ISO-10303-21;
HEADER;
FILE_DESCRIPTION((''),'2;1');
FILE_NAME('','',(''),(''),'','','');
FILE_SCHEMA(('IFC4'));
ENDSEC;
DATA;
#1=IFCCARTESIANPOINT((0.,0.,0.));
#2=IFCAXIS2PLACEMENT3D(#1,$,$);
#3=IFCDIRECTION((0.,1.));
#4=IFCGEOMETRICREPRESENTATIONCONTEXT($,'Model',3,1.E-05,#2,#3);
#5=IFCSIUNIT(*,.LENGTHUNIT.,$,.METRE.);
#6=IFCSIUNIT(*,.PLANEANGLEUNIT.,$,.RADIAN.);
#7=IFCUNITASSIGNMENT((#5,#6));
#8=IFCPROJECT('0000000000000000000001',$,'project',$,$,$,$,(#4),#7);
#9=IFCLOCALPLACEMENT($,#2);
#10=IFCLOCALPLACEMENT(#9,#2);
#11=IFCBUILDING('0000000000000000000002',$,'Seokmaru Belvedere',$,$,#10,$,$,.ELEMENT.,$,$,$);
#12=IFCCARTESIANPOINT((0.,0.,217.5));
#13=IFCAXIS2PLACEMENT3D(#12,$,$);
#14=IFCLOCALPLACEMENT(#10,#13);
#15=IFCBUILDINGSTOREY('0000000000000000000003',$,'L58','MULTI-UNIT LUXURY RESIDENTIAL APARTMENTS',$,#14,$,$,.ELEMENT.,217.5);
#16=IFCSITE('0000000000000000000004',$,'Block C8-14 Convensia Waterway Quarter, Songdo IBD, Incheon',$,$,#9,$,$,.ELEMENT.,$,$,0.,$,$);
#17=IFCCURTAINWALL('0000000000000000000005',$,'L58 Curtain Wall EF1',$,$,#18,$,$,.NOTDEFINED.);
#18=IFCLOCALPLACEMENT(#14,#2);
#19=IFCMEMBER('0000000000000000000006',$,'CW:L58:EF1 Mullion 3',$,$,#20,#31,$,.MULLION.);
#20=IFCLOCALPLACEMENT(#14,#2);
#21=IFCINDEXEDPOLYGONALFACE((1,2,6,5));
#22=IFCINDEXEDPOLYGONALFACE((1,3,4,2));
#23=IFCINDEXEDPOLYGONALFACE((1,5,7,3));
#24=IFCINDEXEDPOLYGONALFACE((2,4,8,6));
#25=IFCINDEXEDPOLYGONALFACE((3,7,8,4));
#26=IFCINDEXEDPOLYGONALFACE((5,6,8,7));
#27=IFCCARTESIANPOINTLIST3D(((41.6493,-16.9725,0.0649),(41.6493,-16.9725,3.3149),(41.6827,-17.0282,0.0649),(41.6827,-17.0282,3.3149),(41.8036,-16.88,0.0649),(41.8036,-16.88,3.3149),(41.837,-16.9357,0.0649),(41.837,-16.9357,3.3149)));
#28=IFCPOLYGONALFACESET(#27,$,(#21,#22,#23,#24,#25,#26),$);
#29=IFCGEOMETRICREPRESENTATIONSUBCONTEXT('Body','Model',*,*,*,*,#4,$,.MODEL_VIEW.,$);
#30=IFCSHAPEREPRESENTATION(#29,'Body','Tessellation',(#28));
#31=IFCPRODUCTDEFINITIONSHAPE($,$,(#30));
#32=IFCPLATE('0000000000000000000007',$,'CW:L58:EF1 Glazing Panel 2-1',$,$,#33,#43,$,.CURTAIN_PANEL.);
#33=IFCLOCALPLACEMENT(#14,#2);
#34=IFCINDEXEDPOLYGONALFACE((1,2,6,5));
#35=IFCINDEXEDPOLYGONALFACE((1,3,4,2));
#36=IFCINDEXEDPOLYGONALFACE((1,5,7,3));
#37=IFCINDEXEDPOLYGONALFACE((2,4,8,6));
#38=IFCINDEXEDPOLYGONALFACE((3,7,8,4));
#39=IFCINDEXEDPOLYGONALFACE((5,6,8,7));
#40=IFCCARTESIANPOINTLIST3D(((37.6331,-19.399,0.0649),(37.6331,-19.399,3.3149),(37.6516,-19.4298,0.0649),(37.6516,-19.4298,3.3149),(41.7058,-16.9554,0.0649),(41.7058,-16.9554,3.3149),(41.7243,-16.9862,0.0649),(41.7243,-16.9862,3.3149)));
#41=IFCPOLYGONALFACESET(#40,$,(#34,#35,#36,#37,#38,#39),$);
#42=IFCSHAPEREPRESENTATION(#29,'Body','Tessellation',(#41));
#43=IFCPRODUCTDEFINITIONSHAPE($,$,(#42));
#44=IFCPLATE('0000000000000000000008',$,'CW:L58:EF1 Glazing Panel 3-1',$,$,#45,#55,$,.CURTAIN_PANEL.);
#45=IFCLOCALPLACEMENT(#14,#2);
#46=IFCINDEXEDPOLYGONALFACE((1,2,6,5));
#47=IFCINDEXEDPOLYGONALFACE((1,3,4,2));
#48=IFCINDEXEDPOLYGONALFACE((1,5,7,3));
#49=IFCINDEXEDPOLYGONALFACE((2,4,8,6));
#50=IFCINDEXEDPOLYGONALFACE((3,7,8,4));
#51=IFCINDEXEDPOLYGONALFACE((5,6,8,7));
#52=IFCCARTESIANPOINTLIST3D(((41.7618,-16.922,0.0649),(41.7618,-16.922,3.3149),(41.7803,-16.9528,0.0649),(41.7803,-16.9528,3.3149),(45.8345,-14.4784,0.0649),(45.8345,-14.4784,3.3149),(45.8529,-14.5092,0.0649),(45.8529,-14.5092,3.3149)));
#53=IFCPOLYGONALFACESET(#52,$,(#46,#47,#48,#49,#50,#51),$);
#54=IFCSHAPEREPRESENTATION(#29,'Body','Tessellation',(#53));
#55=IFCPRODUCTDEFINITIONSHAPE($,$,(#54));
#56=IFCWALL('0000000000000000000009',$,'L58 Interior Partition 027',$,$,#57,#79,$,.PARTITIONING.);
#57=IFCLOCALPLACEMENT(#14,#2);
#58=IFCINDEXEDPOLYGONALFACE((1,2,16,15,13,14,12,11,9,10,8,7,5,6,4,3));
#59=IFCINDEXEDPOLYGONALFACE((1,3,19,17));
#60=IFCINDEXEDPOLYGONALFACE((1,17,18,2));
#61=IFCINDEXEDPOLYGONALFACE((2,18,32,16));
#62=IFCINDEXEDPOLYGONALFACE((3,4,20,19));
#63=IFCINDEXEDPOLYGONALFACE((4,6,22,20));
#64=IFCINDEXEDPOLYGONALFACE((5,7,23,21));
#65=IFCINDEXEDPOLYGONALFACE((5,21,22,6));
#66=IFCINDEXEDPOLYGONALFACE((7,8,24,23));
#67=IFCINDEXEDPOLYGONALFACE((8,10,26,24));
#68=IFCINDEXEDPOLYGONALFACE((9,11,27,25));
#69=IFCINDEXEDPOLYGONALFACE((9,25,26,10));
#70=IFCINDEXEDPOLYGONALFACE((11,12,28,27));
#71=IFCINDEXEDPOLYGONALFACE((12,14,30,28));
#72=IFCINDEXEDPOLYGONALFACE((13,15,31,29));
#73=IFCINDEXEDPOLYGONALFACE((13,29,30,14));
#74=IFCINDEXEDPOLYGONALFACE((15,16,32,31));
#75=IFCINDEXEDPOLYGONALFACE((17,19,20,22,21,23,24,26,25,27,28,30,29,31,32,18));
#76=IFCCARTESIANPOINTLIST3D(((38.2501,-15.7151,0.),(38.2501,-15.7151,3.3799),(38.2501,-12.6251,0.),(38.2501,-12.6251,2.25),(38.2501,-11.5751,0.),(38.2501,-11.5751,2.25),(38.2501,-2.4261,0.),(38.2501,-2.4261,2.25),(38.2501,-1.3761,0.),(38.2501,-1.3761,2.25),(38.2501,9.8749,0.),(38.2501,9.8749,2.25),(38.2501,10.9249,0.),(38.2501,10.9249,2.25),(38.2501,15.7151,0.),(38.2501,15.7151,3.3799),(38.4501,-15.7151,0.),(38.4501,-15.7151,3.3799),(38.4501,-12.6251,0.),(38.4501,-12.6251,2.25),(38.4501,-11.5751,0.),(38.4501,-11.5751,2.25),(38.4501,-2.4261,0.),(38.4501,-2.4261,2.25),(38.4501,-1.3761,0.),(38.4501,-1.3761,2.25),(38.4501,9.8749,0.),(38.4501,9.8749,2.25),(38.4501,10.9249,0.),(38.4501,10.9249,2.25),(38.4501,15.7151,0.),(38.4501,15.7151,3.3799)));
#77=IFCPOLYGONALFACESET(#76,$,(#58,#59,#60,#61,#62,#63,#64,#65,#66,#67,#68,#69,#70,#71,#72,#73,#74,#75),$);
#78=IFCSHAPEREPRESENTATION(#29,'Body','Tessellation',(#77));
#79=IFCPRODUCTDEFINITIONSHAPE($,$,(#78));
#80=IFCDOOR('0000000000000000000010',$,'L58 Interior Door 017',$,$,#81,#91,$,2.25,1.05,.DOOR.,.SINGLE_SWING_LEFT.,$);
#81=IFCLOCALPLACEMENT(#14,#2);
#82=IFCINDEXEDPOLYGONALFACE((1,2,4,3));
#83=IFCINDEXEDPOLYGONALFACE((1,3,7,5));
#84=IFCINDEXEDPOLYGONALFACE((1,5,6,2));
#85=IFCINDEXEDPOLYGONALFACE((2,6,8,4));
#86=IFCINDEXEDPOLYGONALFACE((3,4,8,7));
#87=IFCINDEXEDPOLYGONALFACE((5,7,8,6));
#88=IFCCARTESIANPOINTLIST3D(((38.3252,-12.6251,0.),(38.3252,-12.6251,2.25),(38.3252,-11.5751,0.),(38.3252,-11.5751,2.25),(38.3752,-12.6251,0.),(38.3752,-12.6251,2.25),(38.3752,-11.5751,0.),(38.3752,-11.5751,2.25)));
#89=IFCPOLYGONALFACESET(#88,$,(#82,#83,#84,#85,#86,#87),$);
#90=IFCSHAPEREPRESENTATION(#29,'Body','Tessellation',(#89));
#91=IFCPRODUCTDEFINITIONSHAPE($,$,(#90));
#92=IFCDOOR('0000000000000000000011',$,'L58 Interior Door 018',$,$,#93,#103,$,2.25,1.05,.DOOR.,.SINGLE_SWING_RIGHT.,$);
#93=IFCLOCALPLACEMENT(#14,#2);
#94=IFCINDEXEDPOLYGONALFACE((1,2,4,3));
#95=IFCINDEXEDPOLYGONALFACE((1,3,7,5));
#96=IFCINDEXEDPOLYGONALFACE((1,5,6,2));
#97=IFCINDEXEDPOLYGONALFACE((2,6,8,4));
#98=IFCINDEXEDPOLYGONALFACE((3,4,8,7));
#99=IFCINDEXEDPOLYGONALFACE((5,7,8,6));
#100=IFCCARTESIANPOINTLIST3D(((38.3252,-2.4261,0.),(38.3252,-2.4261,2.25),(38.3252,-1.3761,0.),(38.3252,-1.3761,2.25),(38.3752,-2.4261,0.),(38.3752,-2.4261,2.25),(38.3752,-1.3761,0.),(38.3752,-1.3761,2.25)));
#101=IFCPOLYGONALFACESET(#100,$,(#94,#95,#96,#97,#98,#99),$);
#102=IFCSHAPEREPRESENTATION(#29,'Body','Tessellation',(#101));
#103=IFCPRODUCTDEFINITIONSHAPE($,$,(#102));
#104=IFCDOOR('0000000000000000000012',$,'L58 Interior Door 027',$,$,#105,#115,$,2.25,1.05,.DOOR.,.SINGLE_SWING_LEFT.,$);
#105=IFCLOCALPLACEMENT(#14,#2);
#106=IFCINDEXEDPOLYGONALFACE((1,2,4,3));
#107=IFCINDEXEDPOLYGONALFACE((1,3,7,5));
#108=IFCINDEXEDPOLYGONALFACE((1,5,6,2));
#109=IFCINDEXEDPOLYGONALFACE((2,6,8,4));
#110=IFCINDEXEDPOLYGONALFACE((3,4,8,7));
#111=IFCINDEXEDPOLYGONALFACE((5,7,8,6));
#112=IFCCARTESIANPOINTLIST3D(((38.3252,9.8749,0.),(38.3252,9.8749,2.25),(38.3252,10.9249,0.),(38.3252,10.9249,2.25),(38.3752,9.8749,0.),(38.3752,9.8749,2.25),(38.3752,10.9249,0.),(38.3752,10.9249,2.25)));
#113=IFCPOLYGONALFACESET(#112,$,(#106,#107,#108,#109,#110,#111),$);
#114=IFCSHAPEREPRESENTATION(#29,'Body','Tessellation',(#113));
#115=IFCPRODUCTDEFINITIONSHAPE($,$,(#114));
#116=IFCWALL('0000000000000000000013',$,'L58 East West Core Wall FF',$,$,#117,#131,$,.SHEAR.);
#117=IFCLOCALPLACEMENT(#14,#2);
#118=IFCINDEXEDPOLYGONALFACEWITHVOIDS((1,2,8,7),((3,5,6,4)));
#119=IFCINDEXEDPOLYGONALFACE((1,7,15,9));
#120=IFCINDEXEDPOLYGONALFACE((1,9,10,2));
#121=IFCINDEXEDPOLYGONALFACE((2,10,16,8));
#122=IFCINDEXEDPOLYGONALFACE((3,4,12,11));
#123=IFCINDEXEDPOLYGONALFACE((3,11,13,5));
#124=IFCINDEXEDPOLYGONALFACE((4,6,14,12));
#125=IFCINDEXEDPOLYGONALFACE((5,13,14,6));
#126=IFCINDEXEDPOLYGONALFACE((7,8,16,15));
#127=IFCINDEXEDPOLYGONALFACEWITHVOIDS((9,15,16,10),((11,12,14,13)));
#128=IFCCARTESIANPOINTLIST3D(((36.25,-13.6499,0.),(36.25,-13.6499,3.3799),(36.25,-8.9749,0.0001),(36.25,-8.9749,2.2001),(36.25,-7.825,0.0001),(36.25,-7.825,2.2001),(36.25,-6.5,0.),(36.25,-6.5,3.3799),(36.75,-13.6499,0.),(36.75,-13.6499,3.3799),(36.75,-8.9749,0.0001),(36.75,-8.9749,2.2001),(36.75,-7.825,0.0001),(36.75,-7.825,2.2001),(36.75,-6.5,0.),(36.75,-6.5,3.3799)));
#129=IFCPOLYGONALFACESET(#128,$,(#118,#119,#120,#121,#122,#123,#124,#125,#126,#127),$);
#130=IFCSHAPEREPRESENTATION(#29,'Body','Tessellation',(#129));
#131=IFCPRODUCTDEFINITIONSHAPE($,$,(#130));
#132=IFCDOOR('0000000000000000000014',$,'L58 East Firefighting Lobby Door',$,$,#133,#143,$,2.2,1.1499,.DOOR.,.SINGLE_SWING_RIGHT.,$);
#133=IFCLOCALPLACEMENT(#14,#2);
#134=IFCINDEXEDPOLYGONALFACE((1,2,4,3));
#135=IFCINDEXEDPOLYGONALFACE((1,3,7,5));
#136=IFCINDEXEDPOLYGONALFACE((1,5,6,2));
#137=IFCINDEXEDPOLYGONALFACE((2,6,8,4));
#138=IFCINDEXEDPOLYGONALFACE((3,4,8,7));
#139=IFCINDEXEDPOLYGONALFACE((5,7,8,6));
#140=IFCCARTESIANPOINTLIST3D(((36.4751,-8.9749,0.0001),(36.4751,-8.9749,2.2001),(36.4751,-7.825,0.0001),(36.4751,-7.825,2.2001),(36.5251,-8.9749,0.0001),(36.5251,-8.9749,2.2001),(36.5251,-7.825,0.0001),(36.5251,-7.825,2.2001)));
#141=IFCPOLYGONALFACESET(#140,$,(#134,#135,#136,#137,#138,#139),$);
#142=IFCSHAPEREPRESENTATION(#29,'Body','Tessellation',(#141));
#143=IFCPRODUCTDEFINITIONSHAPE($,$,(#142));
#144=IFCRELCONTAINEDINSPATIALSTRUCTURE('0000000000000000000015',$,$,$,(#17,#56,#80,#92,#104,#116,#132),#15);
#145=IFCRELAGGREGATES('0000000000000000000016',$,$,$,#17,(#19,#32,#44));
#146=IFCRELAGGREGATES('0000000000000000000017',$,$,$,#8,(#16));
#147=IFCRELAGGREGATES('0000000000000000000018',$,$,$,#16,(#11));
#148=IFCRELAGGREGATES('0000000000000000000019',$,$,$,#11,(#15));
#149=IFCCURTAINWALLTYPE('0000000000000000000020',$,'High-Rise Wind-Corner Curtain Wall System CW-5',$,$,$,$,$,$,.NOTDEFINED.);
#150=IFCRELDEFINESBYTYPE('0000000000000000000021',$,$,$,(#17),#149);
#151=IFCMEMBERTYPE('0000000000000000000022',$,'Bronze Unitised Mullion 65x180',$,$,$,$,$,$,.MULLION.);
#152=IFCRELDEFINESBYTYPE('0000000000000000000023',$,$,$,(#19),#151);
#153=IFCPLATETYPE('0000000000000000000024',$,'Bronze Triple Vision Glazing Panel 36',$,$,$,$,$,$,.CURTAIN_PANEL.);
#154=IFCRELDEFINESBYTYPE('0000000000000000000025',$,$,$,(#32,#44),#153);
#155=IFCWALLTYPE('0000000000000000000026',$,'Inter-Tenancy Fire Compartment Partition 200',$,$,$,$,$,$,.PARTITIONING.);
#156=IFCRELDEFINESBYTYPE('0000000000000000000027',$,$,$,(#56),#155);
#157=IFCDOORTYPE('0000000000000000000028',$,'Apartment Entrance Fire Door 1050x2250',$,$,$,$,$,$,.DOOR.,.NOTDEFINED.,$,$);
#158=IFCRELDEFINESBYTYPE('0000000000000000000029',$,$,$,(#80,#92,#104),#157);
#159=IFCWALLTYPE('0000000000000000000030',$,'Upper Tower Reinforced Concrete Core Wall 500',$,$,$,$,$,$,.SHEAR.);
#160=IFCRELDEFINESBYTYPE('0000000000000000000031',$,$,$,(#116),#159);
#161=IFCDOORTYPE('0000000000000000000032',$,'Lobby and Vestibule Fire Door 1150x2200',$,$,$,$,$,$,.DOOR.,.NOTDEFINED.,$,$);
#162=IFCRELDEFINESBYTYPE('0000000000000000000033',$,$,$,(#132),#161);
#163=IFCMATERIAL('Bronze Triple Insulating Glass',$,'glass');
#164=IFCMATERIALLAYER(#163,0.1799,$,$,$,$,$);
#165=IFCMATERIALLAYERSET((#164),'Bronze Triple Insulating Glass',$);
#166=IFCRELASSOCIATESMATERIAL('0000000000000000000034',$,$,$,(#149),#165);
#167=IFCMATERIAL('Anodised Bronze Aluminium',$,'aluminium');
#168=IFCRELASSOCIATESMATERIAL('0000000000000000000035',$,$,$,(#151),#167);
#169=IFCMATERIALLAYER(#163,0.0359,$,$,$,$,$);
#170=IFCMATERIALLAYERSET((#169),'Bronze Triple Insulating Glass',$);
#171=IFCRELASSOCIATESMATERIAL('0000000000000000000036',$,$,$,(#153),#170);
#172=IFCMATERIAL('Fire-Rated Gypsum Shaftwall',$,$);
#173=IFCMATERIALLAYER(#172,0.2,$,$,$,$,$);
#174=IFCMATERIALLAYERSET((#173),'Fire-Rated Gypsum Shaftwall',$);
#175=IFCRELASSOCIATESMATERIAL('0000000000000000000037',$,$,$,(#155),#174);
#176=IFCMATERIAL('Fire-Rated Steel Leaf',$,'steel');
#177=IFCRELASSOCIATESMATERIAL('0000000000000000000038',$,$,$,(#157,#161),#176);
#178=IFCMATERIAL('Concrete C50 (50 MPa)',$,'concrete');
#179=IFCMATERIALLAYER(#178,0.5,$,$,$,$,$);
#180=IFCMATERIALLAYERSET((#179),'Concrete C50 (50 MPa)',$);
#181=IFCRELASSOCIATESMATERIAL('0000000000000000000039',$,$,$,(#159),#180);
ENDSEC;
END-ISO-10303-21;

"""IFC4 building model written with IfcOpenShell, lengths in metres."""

from ifc_helpers import new_model, si_unit, direction, frame, frame_2d, origin, origin_2d, place, context, subcontext, project, spatial, rectangle, extrude, source, transform, mapped, material, layer, layer_set, material_profile, profile_set, type_object, type_shapes, element, fill, aggregate, save


model = new_model("IFC4")

# Units and contexts
model_context = context("Model", 3, precision=1e-05, world=origin(), true_north=direction((0.0, 1.0)))
body_context = subcontext(model_context, "Body", "Model", "MODEL_VIEW")
ifc_project = project(units=[si_unit("LENGTHUNIT", "METRE"), si_unit("PLANEANGLEUNIT", "RADIAN")], contexts=[model_context])

# Site, building, storey
site_placement = place(None, origin())
site = spatial("IfcSite", under=ifc_project, at=site_placement, Name="Block C8-14 Convensia Waterway Quarter, Songdo IBD, Incheon", CompositionType="ELEMENT", RefElevation=0.0)
building_placement = place(site_placement, origin())
building = spatial("IfcBuilding", under=site, at=building_placement, Name="Seokmaru Belvedere", CompositionType="ELEMENT")
storey_placement = place(building_placement, frame((0.0, 0.0, 217.5)))
storey = spatial("IfcBuildingStorey", under=building, at=storey_placement, Name="L58", Description="MULTI-UNIT LUXURY RESIDENTIAL APARTMENTS", CompositionType="ELEMENT", Elevation=217.5)

# Curtain wall, member, plates
ifc_material_1 = material(Name="Bronze Triple Insulating Glass", Category="glass")
ifc_layer_1 = layer(ifc_material_1, 0.1799)
ifc_layer_set_1 = layer_set([ifc_layer_1], Name="Bronze Triple Insulating Glass")
curtain_wall_type = type_object("IfcCurtainWallType", Name="High-Rise Wind-Corner Curtain Wall System CW-5", PredefinedType="NOTDEFINED", material=ifc_layer_set_1)
curtain_wall_placement = place(storey_placement, origin())
curtain_wall = element("IfcCurtainWall", 1, at=curtain_wall_placement, inside=storey, type_object=curtain_wall_type, Name="L58 Curtain Wall EF1", PredefinedType="NOTDEFINED")
ifc_material_2 = material(Name="Anodised Bronze Aluminium", Category="aluminium")
ifc_material_profile_1 = material_profile(ifc_material_2, rectangle(XDim=0.0649, YDim=0.1799, at=origin_2d()), Name="CW-M-65x180")
ifc_profile_set_1 = profile_set([ifc_material_profile_1], Name="Anodised Bronze Aluminium")
member_type = type_object("IfcMemberType", Name="Bronze Unitised Mullion 65x180", PredefinedType="MULLION", material=ifc_profile_set_1)
shared_shape_1 = source(origin(), body_context, "Body", "SweptSolid", [
    extrude(rectangle(XDim=0.0649, YDim=0.1799, at=origin_2d()), origin(), (0.0, 0.0, 1.0), 3.25),
])
type_shapes(member_type, [shared_shape_1])
member_1_placement = place(storey_placement, frame((41.7432, -16.9541, 0.0649), z_axis=(0.0, 0.0, 1.0), x_axis=(-0.514495, 0.857493, 0.0)))
member_1 = element("IfcMember", 2, at=member_1_placement, type_object=member_type, Name="CW:L58:EF1 Mullion 3", PredefinedType="MULLION", context=body_context, shape_type="MappedRepresentation", body=[
    mapped(shared_shape_1, transform((0.0, 0.0, 0.0), scale=1.0)),
])
ifc_layer_2 = layer(ifc_material_1, 0.0359)
ifc_layer_set_2 = layer_set([ifc_layer_2], Name="Bronze Triple Insulating Glass")
plate_type = type_object("IfcPlateType", Name="Bronze Triple Vision Glazing Panel 36", PredefinedType="CURTAIN_PANEL", material=ifc_layer_set_2)
shared_shape_2 = source(origin(), body_context, "Body", "SweptSolid", [
    extrude(rectangle(XDim=4.7495, YDim=0.0359, at=origin_2d()), origin(), (0.0, 0.0, 1.0), 3.25),
])
type_shapes(plate_type, [shared_shape_2])
plate_1_placement = place(storey_placement, frame((39.6787, -18.1926, 0.0649), z_axis=(0.0, 0.0, 1.0), x_axis=(0.857493, 0.514495, 0.0)))
plate_1 = element("IfcPlate", 3, at=plate_1_placement, type_object=plate_type, Name="CW:L58:EF1 Glazing Panel 2-1", PredefinedType="CURTAIN_PANEL", context=body_context, shape_type="MappedRepresentation", body=[
    mapped(shared_shape_2, transform((0.0, 0.0, 0.0), scale=1.0)),
])
plate_2_placement = place(storey_placement, frame((43.8074, -15.7156, 0.0649), z_axis=(0.0, 0.0, 1.0), x_axis=(0.857493, 0.514495, 0.0)))
plate_2 = element("IfcPlate", 4, at=plate_2_placement, type_object=plate_type, Name="CW:L58:EF1 Glazing Panel 3-1", PredefinedType="CURTAIN_PANEL", context=body_context, shape_type="MappedRepresentation", body=[
    mapped(shared_shape_2, transform((0.0, 0.0, 0.0), scale=1.0)),
])
aggregate(curtain_wall, [member_1, plate_1, plate_2])

# Wall, openings, doors
ifc_material_3 = material(Name="Fire-Rated Gypsum Shaftwall")
ifc_layer_3 = layer(ifc_material_3, 0.2)
ifc_layer_set_3 = layer_set([ifc_layer_3], Name="Fire-Rated Gypsum Shaftwall")
wall_type_1 = type_object("IfcWallType", Name="Inter-Tenancy Fire Compartment Partition 200", PredefinedType="PARTITIONING", material=ifc_layer_set_3)
wall_1_placement = place(storey_placement, frame((38.3501, -15.7151, 0.0), z_axis=(0.0, 0.0, 1.0), x_axis=(0.0, 1.0, 0.0)))
wall_1 = element("IfcWall", 5, at=wall_1_placement, inside=storey, type_object=wall_type_1, Name="L58 Interior Partition 027", PredefinedType="PARTITIONING", context=body_context, shape_type="SweptSolid", body=[
    extrude(rectangle(XDim=31.4302, YDim=0.2, at=frame_2d((15.7151, 0.0))), origin(), (0.0, 0.0, 1.0), 3.3799),
])
opening_1_placement = place(wall_1_placement, frame((3.0901, 0.0, 0.0)))
opening_1 = element("IfcOpeningElement", 6, at=opening_1_placement, cuts=wall_1, PredefinedType="OPENING", context=body_context, shape_type="SweptSolid", body=[
    extrude(rectangle(XDim=1.05, YDim=2.25, at=frame_2d((0.5249, 1.125))), frame((0.0, 0.1099, 0.0), z_axis=(0.0, -1.0, 0.0), x_axis=(1.0, 0.0, 0.0)), (0.0, 0.0, 1.0), 0.22),
])
opening_2_placement = place(wall_1_placement, frame((13.2891, 0.0, 0.0)))
opening_2 = element("IfcOpeningElement", 7, at=opening_2_placement, cuts=wall_1, PredefinedType="OPENING", context=body_context, shape_type="SweptSolid", body=[
    extrude(rectangle(XDim=1.05, YDim=2.25, at=frame_2d((0.5249, 1.125))), frame((0.0, 0.1099, 0.0), z_axis=(0.0, -1.0, 0.0), x_axis=(1.0, 0.0, 0.0)), (0.0, 0.0, 1.0), 0.22),
])
opening_3_placement = place(wall_1_placement, frame((25.5901, 0.0, 0.0)))
opening_3 = element("IfcOpeningElement", 8, at=opening_3_placement, cuts=wall_1, PredefinedType="OPENING", context=body_context, shape_type="SweptSolid", body=[
    extrude(rectangle(XDim=1.05, YDim=2.25, at=frame_2d((0.5249, 1.125))), frame((0.0, 0.1099, 0.0), z_axis=(0.0, -1.0, 0.0), x_axis=(1.0, 0.0, 0.0)), (0.0, 0.0, 1.0), 0.22),
])
ifc_material_4 = material(Name="Fire-Rated Steel Leaf", Category="steel")
door_type_1 = type_object("IfcDoorType", Name="Apartment Entrance Fire Door 1050x2250", OperationType="NOTDEFINED", PredefinedType="DOOR", material=ifc_material_4)
shared_shape_3 = source(origin(), body_context, "Body", "SweptSolid", [
    extrude(rectangle(XDim=1.05, YDim=2.25, at=frame_2d((0.5249, 1.125))), frame((0.0, 0.0249, 0.0), z_axis=(0.0, -1.0, 0.0), x_axis=(1.0, 0.0, 0.0)), (0.0, 0.0, 1.0), 0.05),
])
type_shapes(door_type_1, [shared_shape_3])
door_1_placement = place(opening_1_placement, origin())
door_1 = element("IfcDoor", 9, at=door_1_placement, inside=storey, type_object=door_type_1, Name="L58 Interior Door 017", OperationType="SINGLE_SWING_LEFT", OverallHeight=2.25, OverallWidth=1.05, PredefinedType="DOOR", context=body_context, shape_type="MappedRepresentation", body=[
    mapped(shared_shape_3, transform((0.0, 0.0, 0.0), scale=1.0)),
])
fill(opening_1, door_1)
door_2_placement = place(opening_2_placement, origin())
door_2 = element("IfcDoor", 10, at=door_2_placement, inside=storey, type_object=door_type_1, Name="L58 Interior Door 018", OperationType="SINGLE_SWING_RIGHT", OverallHeight=2.25, OverallWidth=1.05, PredefinedType="DOOR", context=body_context, shape_type="MappedRepresentation", body=[
    mapped(shared_shape_3, transform((0.0, 0.0, 0.0), scale=1.0)),
])
fill(opening_2, door_2)
door_3_placement = place(opening_3_placement, origin())
door_3 = element("IfcDoor", 11, at=door_3_placement, inside=storey, type_object=door_type_1, Name="L58 Interior Door 027", OperationType="SINGLE_SWING_LEFT", OverallHeight=2.25, OverallWidth=1.05, PredefinedType="DOOR", context=body_context, shape_type="MappedRepresentation", body=[
    mapped(shared_shape_3, transform((0.0, 0.0, 0.0), scale=1.0)),
])
fill(opening_3, door_3)

# Wall, opening, door
ifc_material_5 = material(Name="Concrete C50 (50 MPa)", Category="concrete")
ifc_layer_4 = layer(ifc_material_5, 0.5)
ifc_layer_set_4 = layer_set([ifc_layer_4], Name="Concrete C50 (50 MPa)")
wall_type_2 = type_object("IfcWallType", Name="Upper Tower Reinforced Concrete Core Wall 500", PredefinedType="SHEAR", material=ifc_layer_set_4)
wall_2_placement = place(storey_placement, frame((36.5, -13.6499, 0.0), z_axis=(0.0, 0.0, 1.0), x_axis=(0.0, 1.0, 0.0)))
wall_2 = element("IfcWall", 12, at=wall_2_placement, inside=storey, type_object=wall_type_2, Name="L58 East West Core Wall FF", PredefinedType="SHEAR", context=body_context, shape_type="SweptSolid", body=[
    extrude(rectangle(XDim=7.1499, YDim=0.5, at=frame_2d((3.575, 0.0))), origin(), (0.0, 0.0, 1.0), 3.3799),
])
opening_4_placement = place(wall_2_placement, frame((4.675, 0.0, 0.0)))
opening_4 = element("IfcOpeningElement", 13, at=opening_4_placement, cuts=wall_2, PredefinedType="OPENING", context=body_context, shape_type="SweptSolid", body=[
    extrude(rectangle(XDim=1.1499, YDim=2.2, at=frame_2d((0.575, 1.1001))), frame((0.0, 0.26, 0.0), z_axis=(0.0, -1.0, 0.0), x_axis=(1.0, 0.0, 0.0)), (0.0, 0.0, 1.0), 0.52),
])
door_type_2 = type_object("IfcDoorType", Name="Lobby and Vestibule Fire Door 1150x2200", OperationType="NOTDEFINED", PredefinedType="DOOR", material=ifc_material_4)
shared_shape_4 = source(origin(), body_context, "Body", "SweptSolid", [
    extrude(rectangle(XDim=1.1499, YDim=2.2, at=frame_2d((0.575, 1.1001))), frame((0.0, 0.0249, 0.0), z_axis=(0.0, -1.0, 0.0), x_axis=(1.0, 0.0, 0.0)), (0.0, 0.0, 1.0), 0.05),
])
type_shapes(door_type_2, [shared_shape_4])
door_4_placement = place(opening_4_placement, origin())
door_4 = element("IfcDoor", 14, at=door_4_placement, inside=storey, type_object=door_type_2, Name="L58 East Firefighting Lobby Door", OperationType="SINGLE_SWING_RIGHT", OverallHeight=2.2, OverallWidth=1.1499, PredefinedType="DOOR", context=body_context, shape_type="MappedRepresentation", body=[
    mapped(shared_shape_4, transform((0.0, 0.0, 0.0), scale=1.0)),
])
fill(opening_4, door_4)

save(model, "model.ifc")
